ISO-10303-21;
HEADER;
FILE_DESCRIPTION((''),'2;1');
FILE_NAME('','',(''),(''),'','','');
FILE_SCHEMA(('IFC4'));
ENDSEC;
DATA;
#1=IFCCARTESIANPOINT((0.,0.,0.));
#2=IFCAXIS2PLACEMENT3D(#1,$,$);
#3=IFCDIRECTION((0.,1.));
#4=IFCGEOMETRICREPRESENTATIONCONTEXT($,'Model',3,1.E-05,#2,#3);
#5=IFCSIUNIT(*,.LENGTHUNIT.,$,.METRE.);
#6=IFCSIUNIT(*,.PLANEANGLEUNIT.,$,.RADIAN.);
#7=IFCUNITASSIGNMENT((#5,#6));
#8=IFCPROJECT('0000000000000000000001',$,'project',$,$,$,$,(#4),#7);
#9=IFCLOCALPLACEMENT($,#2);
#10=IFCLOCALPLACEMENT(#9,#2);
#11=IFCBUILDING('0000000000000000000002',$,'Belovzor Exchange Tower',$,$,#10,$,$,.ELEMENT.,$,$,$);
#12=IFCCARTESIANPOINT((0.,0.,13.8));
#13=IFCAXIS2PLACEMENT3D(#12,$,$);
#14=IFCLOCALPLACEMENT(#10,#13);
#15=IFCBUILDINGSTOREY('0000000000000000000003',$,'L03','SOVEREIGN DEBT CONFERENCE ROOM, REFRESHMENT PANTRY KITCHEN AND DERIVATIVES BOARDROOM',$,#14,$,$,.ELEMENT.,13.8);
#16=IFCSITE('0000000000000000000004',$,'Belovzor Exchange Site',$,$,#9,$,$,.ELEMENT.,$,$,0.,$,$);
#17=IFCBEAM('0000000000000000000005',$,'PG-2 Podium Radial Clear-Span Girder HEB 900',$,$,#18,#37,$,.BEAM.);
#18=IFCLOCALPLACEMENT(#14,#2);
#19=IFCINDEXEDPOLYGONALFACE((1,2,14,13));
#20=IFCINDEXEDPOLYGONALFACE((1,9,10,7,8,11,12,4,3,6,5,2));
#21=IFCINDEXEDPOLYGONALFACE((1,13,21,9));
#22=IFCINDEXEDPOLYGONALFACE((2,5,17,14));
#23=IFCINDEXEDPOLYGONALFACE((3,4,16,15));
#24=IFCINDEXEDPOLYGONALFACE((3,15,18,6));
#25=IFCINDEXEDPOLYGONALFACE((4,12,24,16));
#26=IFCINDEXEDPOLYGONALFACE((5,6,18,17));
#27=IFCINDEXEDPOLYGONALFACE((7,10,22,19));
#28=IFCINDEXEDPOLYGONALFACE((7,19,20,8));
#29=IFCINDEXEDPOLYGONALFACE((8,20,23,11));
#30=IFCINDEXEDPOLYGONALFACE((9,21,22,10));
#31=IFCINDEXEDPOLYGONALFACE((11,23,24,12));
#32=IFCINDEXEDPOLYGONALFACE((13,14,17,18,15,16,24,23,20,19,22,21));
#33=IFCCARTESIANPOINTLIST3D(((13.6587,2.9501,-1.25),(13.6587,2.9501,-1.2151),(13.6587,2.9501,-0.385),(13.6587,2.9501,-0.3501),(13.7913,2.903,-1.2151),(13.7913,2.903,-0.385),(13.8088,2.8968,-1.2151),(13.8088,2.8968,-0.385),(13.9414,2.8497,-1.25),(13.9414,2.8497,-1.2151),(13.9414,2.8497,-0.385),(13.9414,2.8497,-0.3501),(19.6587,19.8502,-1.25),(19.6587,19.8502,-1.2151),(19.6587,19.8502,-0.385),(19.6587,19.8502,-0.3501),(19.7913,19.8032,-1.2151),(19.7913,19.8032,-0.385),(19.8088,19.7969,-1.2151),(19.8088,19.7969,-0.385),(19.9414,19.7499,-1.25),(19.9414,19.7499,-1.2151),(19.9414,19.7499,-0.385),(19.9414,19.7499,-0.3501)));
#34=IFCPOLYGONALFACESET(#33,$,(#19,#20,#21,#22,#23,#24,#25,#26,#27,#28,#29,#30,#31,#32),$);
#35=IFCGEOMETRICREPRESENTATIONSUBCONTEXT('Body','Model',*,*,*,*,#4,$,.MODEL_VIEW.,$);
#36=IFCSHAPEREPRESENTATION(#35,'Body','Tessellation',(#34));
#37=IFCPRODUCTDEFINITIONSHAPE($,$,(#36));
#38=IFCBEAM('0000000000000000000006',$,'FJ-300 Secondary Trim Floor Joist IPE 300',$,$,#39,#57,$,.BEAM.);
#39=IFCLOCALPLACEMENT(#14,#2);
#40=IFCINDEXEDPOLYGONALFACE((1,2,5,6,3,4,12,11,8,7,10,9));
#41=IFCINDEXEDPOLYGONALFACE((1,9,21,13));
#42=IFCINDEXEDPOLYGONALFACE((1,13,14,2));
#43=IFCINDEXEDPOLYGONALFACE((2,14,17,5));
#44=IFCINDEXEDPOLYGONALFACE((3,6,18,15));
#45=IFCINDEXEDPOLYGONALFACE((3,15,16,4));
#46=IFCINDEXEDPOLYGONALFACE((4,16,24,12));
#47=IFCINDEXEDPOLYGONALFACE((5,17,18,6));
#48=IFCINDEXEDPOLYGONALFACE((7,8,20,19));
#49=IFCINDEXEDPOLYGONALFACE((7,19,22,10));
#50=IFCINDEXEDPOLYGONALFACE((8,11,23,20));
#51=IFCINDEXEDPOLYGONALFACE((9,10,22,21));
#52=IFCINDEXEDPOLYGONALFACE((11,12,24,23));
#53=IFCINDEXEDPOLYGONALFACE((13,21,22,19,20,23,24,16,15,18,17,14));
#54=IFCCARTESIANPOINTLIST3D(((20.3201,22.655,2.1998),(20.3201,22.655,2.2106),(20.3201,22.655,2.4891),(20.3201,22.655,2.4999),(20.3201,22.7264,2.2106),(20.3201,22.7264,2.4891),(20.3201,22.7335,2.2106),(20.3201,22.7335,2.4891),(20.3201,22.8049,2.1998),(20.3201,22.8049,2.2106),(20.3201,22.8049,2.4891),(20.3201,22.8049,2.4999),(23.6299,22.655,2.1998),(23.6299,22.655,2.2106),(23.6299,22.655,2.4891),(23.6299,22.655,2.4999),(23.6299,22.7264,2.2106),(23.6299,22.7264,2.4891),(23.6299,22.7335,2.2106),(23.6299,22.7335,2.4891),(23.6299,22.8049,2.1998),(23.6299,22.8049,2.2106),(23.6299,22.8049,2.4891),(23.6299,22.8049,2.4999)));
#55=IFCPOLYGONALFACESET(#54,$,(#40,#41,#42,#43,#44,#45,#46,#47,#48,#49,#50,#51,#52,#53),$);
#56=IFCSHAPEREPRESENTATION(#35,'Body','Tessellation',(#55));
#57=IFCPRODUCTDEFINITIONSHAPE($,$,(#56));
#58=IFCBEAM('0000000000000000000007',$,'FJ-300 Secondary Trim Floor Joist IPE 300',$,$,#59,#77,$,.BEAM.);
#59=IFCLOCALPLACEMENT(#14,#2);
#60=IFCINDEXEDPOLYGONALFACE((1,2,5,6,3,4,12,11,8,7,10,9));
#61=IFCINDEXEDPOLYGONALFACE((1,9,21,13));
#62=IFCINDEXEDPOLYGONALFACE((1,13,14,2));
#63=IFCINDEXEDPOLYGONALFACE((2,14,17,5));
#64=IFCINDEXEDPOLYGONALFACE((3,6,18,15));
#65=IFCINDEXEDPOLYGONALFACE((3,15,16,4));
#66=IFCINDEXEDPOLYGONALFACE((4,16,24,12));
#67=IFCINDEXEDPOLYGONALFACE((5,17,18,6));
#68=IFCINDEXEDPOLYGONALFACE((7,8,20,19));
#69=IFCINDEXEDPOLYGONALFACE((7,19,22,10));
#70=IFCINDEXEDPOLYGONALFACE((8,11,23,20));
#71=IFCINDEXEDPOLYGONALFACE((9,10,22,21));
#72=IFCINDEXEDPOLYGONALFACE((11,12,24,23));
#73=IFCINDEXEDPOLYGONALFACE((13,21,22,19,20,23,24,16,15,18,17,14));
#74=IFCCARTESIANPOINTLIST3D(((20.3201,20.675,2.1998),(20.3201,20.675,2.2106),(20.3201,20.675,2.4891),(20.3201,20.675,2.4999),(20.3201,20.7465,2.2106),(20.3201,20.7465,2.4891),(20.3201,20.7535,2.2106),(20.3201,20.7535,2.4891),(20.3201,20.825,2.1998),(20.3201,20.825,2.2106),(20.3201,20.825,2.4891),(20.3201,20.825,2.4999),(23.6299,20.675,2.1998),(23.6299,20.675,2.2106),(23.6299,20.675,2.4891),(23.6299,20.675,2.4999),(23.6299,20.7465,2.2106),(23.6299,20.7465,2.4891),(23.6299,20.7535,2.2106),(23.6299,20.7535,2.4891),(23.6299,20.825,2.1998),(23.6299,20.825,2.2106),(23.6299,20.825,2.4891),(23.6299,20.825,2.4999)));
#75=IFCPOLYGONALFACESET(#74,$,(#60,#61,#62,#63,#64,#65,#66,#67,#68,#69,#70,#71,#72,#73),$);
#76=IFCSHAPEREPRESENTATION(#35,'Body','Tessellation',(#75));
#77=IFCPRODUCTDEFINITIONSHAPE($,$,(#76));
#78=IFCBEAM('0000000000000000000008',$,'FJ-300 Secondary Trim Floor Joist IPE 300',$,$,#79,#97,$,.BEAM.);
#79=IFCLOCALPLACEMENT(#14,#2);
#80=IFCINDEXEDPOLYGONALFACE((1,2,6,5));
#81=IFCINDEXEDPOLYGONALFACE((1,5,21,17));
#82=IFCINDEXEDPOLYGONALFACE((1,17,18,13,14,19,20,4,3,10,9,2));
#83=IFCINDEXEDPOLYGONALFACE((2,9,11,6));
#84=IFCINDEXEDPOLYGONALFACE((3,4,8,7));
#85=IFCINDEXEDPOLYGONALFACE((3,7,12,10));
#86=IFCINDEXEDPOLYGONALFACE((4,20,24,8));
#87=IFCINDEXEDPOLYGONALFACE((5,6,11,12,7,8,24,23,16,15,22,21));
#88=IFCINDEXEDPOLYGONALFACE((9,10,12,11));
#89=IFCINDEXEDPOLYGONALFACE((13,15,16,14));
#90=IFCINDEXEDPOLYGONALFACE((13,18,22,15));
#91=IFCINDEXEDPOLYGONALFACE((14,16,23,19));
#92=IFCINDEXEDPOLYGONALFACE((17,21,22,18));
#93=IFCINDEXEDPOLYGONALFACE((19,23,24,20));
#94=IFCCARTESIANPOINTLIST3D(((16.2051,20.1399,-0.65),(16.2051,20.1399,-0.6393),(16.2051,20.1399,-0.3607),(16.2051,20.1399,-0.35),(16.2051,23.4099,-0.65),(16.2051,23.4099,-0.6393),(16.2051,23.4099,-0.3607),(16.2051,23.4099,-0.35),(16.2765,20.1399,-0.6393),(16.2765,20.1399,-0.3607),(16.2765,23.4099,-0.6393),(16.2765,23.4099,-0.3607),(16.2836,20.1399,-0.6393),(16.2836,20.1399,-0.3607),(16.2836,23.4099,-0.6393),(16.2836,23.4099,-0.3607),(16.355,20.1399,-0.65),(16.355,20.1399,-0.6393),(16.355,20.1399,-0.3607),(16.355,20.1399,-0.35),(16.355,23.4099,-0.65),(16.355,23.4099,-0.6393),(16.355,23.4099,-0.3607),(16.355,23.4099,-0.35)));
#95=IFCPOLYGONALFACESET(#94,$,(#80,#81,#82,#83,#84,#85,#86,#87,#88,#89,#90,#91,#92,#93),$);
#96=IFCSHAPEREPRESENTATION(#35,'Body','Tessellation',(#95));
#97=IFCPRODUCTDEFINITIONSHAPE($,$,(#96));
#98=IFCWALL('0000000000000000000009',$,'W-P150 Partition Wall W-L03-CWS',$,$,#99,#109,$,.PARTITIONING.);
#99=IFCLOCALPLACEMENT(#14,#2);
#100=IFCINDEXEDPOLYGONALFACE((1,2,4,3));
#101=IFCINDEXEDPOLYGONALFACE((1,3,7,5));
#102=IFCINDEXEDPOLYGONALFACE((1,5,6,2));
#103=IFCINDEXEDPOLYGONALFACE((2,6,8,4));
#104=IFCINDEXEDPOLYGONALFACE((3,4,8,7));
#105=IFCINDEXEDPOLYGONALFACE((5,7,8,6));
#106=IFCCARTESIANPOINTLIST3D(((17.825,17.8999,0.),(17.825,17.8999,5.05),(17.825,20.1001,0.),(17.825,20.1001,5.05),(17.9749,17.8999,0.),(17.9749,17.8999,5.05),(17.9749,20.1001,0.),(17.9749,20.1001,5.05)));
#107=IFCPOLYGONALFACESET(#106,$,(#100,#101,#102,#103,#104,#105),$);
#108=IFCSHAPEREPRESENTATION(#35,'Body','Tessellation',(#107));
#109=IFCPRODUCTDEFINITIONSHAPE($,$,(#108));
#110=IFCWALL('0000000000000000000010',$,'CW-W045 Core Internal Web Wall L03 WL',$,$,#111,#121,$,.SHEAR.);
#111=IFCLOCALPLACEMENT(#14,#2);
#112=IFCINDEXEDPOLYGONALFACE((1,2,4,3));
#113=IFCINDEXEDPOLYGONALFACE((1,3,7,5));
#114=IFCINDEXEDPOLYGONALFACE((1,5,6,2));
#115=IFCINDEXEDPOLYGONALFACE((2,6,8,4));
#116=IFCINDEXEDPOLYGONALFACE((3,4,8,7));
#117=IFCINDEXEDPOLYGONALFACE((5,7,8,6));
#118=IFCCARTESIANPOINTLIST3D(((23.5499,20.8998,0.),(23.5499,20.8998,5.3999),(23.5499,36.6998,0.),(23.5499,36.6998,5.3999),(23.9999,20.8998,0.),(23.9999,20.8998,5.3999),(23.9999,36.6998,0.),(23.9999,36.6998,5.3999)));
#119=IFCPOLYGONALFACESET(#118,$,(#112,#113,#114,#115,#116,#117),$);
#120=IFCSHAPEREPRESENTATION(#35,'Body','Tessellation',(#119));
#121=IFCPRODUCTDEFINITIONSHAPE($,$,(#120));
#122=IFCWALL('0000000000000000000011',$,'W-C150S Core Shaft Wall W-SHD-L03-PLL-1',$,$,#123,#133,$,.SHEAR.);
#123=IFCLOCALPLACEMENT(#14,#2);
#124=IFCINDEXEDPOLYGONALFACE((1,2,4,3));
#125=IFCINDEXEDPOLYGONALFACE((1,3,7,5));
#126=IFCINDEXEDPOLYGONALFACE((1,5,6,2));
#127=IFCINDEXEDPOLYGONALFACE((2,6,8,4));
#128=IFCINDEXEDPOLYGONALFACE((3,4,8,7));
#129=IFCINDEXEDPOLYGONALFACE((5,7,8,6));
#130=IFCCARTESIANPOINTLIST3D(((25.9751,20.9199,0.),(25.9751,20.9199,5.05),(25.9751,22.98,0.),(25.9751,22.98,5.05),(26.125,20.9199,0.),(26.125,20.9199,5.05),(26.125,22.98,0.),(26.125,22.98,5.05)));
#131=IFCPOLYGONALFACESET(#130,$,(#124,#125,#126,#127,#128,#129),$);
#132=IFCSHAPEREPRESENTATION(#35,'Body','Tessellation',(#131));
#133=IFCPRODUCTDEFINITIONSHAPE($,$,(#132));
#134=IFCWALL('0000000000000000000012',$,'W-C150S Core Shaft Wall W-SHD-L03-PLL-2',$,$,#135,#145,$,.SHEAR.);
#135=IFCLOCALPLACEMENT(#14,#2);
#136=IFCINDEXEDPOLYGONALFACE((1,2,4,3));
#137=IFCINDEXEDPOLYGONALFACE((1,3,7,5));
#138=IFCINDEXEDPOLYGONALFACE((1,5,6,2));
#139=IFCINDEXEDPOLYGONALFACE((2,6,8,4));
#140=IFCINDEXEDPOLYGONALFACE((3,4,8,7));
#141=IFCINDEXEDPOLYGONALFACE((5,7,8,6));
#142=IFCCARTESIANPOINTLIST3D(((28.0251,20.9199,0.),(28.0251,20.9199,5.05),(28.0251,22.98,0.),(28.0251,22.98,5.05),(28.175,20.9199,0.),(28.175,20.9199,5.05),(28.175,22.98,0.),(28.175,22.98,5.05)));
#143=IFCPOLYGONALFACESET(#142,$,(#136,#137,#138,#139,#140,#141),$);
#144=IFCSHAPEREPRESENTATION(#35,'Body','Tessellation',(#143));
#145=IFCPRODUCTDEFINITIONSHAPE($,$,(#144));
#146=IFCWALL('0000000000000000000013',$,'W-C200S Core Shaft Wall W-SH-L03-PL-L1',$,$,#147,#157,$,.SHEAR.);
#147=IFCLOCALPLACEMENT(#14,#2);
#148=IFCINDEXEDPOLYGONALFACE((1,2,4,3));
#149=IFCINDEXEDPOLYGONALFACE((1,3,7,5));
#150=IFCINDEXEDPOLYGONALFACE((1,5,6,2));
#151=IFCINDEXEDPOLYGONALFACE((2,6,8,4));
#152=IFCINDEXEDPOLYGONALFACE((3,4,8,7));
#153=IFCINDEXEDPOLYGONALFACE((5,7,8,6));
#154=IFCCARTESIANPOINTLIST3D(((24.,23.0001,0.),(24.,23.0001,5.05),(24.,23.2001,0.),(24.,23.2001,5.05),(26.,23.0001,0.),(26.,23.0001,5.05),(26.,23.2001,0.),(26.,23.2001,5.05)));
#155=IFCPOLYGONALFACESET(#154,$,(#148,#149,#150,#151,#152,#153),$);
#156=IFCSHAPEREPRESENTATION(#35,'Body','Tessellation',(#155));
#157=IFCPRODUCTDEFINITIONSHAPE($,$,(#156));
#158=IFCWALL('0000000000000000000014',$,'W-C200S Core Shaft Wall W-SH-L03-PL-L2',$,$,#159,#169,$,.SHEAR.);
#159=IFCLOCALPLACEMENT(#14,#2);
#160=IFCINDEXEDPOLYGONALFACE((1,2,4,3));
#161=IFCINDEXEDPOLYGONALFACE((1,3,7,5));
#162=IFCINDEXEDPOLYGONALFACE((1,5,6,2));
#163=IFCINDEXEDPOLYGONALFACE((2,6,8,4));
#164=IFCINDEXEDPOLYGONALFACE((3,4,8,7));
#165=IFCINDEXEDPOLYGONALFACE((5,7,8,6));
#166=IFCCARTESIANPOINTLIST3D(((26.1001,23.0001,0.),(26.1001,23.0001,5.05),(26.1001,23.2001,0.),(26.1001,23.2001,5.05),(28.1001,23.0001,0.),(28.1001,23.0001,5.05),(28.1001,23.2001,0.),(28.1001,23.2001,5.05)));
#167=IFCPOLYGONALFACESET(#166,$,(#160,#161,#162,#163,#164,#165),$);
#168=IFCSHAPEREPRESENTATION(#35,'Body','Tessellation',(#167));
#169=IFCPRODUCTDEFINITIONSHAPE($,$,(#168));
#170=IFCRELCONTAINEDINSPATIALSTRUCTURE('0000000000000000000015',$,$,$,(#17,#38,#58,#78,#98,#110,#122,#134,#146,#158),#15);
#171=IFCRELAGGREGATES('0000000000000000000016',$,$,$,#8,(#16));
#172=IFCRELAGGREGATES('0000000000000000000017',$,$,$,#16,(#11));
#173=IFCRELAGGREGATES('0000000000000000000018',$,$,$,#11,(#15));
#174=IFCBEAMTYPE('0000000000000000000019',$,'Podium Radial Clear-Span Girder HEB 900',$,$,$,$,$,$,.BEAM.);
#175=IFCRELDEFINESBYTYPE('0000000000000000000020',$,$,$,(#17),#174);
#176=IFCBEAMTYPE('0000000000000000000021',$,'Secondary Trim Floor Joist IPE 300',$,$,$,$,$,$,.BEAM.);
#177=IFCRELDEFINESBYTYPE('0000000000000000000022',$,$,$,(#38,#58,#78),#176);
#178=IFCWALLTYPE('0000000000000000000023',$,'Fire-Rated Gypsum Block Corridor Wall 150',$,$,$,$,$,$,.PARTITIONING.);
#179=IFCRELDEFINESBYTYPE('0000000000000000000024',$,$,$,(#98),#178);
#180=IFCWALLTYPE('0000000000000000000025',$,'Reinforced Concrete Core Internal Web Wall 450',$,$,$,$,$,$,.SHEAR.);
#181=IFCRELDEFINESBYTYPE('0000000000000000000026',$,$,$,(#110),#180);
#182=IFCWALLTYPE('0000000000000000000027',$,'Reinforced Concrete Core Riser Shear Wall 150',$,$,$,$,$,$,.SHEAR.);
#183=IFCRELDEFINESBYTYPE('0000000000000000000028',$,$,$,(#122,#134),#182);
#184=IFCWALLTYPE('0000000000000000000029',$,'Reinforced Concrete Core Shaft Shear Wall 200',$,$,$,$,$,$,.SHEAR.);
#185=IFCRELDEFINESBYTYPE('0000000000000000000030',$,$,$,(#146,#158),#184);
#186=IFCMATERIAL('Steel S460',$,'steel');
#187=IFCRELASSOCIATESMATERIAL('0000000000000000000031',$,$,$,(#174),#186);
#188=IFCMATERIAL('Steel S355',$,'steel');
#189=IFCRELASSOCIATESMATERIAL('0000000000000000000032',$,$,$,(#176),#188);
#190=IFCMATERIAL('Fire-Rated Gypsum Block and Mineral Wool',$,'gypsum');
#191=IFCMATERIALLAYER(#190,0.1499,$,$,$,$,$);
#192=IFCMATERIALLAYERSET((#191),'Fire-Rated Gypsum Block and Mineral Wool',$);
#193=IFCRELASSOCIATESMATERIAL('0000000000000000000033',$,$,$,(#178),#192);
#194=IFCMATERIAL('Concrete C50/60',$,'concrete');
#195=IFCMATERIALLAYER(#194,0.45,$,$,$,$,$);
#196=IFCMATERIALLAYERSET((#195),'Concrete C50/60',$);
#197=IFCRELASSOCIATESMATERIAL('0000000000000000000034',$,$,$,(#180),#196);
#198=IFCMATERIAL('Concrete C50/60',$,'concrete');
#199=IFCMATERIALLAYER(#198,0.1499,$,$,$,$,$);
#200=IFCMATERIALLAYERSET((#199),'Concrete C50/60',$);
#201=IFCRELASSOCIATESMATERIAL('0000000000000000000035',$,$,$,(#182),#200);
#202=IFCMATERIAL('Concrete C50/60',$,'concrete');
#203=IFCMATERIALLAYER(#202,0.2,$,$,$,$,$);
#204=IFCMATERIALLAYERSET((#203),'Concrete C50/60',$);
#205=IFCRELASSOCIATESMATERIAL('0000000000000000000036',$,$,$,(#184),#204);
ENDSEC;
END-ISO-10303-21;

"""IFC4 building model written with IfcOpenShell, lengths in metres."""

from ifc_helpers import new_model, si_unit, direction, frame, frame_2d, origin, origin_2d, place, context, subcontext, project, spatial, rectangle, i_section, extrude, material, layer, layer_set, material_profile, profile_set, type_object, element, save


model = new_model("IFC4")

# Units and contexts
model_context = context("Model", 3, precision=1e-05, world=origin(), true_north=direction((0.0, 1.0)))
body_context = subcontext(model_context, "Body", "Model", "MODEL_VIEW")
ifc_project = project(units=[si_unit("LENGTHUNIT", "METRE"), si_unit("PLANEANGLEUNIT", "RADIAN")], contexts=[model_context])

# Site, building, storey
site_placement = place(None, origin())
site = spatial("IfcSite", under=ifc_project, at=site_placement, Name="Belovzor Exchange Site", CompositionType="ELEMENT", RefElevation=0.0)
building_placement = place(site_placement, origin())
building = spatial("IfcBuilding", under=site, at=building_placement, Name="Belovzor Exchange Tower", CompositionType="ELEMENT")
storey_placement = place(building_placement, frame((0.0, 0.0, 13.8)))
storey = spatial("IfcBuildingStorey", under=building, at=storey_placement, Name="L03", Description="SOVEREIGN DEBT CONFERENCE ROOM, REFRESHMENT PANTRY KITCHEN AND DERIVATIVES BOARDROOM", CompositionType="ELEMENT", Elevation=13.8)

# Beams
ifc_material_1 = material(Name="Steel S460", Category="steel")
ifc_material_profile_1 = material_profile(ifc_material_1, i_section(OverallWidth=0.3, OverallDepth=0.8999, WebThickness=0.0186, FlangeThickness=0.0349, at=origin_2d()))
ifc_profile_set_1 = profile_set([ifc_material_profile_1], Name="Steel S460")
beam_type_1 = type_object("IfcBeamType", Name="Podium Radial Clear-Span Girder HEB 900", PredefinedType="BEAM", material=ifc_profile_set_1)
beam_1_placement = place(storey_placement, frame((19.8, 19.8, -0.8), z_axis=(-0.334567, -0.942372, 0.0), x_axis=(0.942372, -0.334567, 0.0)))
element("IfcBeam", 1, at=beam_1_placement, inside=storey, type_object=beam_type_1, Name="PG-2 Podium Radial Clear-Span Girder HEB 900", PredefinedType="BEAM", context=body_context, shape_type="SweptSolid", body=[
    extrude(i_section(OverallWidth=0.3, OverallDepth=0.8999, WebThickness=0.0186, FlangeThickness=0.0349, at=origin_2d()), origin(), (0.0, 0.0, 1.0), 17.9336),
])
ifc_material_2 = material(Name="Steel S355", Category="steel")
ifc_material_profile_2 = material_profile(ifc_material_2, i_section(OverallWidth=0.1499, OverallDepth=0.3, WebThickness=0.0071, FlangeThickness=0.0107, at=origin_2d()))
ifc_profile_set_2 = profile_set([ifc_material_profile_2], Name="Steel S355")
beam_type_2 = type_object("IfcBeamType", Name="Secondary Trim Floor Joist IPE 300", PredefinedType="BEAM", material=ifc_profile_set_2)
for number, where, z_axis, x_axis, name in (
    (2, (20.3201, 22.73, 2.3499), (1.0, 0.0, 0.0), (0.0, 1.0, 0.0), "FJ-300 Secondary Trim Floor Joist IPE 300"),
    (3, (20.3201, 20.75, 2.3499), (1.0, 0.0, 0.0), (0.0, 1.0, 0.0), "FJ-300 Secondary Trim Floor Joist IPE 300"),
):
    element("IfcBeam", number, at=place(storey_placement, frame(where, z_axis=z_axis, x_axis=x_axis)), inside=storey, type_object=beam_type_2, Name=name, PredefinedType="BEAM", context=body_context, shape_type="SweptSolid", body=[
        extrude(i_section(OverallWidth=0.1499, OverallDepth=0.3, WebThickness=0.0071, FlangeThickness=0.0107, at=origin_2d()), origin(), (0.0, 0.0, 1.0), 3.3098),
    ])
beam_2_placement = place(storey_placement, frame((16.28, 23.4099, -0.5), z_axis=(0.0, -1.0, 0.0), x_axis=(1.0, 0.0, 0.0)))
element("IfcBeam", 4, at=beam_2_placement, inside=storey, type_object=beam_type_2, Name="FJ-300 Secondary Trim Floor Joist IPE 300", PredefinedType="BEAM", context=body_context, shape_type="SweptSolid", body=[
    extrude(i_section(OverallWidth=0.1499, OverallDepth=0.3, WebThickness=0.0071, FlangeThickness=0.0107, at=origin_2d()), origin(), (0.0, 0.0, 1.0), 3.27),
])

# Walls
ifc_material_3 = material(Name="Fire-Rated Gypsum Block and Mineral Wool", Category="gypsum")
ifc_layer_1 = layer(ifc_material_3, 0.1499)
ifc_layer_set_1 = layer_set([ifc_layer_1], Name="Fire-Rated Gypsum Block and Mineral Wool")
wall_type_1 = type_object("IfcWallType", Name="Fire-Rated Gypsum Block Corridor Wall 150", PredefinedType="PARTITIONING", material=ifc_layer_set_1)
wall_1_placement = place(storey_placement, frame((17.8999, 17.8999, 0.0), z_axis=(0.0, 0.0, 1.0), x_axis=(0.0, 1.0, 0.0)))
element("IfcWall", 5, at=wall_1_placement, inside=storey, type_object=wall_type_1, Name="W-P150 Partition Wall W-L03-CWS", PredefinedType="PARTITIONING", context=body_context, shape_type="SweptSolid", body=[
    extrude(rectangle(XDim=2.2002, YDim=0.1499, at=frame_2d((1.1001, 0.0))), origin(), (0.0, 0.0, 1.0), 5.05),
])
ifc_material_4 = material(Name="Concrete C50/60", Category="concrete")
ifc_layer_2 = layer(ifc_material_4, 0.45)
ifc_layer_set_2 = layer_set([ifc_layer_2], Name="Concrete C50/60")
wall_type_2 = type_object("IfcWallType", Name="Reinforced Concrete Core Internal Web Wall 450", PredefinedType="SHEAR", material=ifc_layer_set_2)
wall_2_placement = place(storey_placement, frame((23.7749, 20.8999, 0.0), z_axis=(0.0, 0.0, 1.0), x_axis=(0.0, 1.0, 0.0)))
element("IfcWall", 6, at=wall_2_placement, inside=storey, type_object=wall_type_2, Name="CW-W045 Core Internal Web Wall L03 WL", PredefinedType="SHEAR", context=body_context, shape_type="SweptSolid", body=[
    extrude(rectangle(XDim=15.8, YDim=0.45, at=frame_2d((7.8999, 0.0))), origin(), (0.0, 0.0, 1.0), 5.3999),
])
ifc_material_5 = material(Name="Concrete C50/60", Category="concrete")
ifc_layer_3 = layer(ifc_material_5, 0.1499)
ifc_layer_set_3 = layer_set([ifc_layer_3], Name="Concrete C50/60")
wall_type_3 = type_object("IfcWallType", Name="Reinforced Concrete Core Riser Shear Wall 150", PredefinedType="SHEAR", material=ifc_layer_set_3)
for number, where, z_axis, x_axis, name in (
    (7, (26.05, 20.9199, 0.0), (0.0, 0.0, 1.0), (0.0, 1.0, 0.0), "W-C150S Core Shaft Wall W-SHD-L03-PLL-1"),
    (8, (28.1001, 20.9199, 0.0), (0.0, 0.0, 1.0), (0.0, 1.0, 0.0), "W-C150S Core Shaft Wall W-SHD-L03-PLL-2"),
):
    element("IfcWall", number, at=place(storey_placement, frame(where, z_axis=z_axis, x_axis=x_axis)), inside=storey, type_object=wall_type_3, Name=name, PredefinedType="SHEAR", context=body_context, shape_type="SweptSolid", body=[
        extrude(rectangle(XDim=2.0601, YDim=0.1499, at=frame_2d((1.03, 0.0))), origin(), (0.0, 0.0, 1.0), 5.05),
    ])
ifc_material_6 = material(Name="Concrete C50/60", Category="concrete")
ifc_layer_4 = layer(ifc_material_6, 0.2)
ifc_layer_set_4 = layer_set([ifc_layer_4], Name="Concrete C50/60")
wall_type_4 = type_object("IfcWallType", Name="Reinforced Concrete Core Shaft Shear Wall 200", PredefinedType="SHEAR", material=ifc_layer_set_4)
for number, where, z_axis, x_axis, name in (
    (9, (24.0, 23.1001, 0.0), (0.0, 0.0, 1.0), (1.0, 0.0, 0.0), "W-C200S Core Shaft Wall W-SH-L03-PL-L1"),
    (10, (26.1001, 23.1001, 0.0), (0.0, 0.0, 1.0), (1.0, 0.0, 0.0), "W-C200S Core Shaft Wall W-SH-L03-PL-L2"),
):
    element("IfcWall", number, at=place(storey_placement, frame(where, z_axis=z_axis, x_axis=x_axis)), inside=storey, type_object=wall_type_4, Name=name, PredefinedType="SHEAR", context=body_context, shape_type="SweptSolid", body=[
        extrude(rectangle(XDim=2.0, YDim=0.2, at=frame_2d((1.0, 0.0))), origin(), (0.0, 0.0, 1.0), 5.05),
    ])

save(model, "model.ifc")
